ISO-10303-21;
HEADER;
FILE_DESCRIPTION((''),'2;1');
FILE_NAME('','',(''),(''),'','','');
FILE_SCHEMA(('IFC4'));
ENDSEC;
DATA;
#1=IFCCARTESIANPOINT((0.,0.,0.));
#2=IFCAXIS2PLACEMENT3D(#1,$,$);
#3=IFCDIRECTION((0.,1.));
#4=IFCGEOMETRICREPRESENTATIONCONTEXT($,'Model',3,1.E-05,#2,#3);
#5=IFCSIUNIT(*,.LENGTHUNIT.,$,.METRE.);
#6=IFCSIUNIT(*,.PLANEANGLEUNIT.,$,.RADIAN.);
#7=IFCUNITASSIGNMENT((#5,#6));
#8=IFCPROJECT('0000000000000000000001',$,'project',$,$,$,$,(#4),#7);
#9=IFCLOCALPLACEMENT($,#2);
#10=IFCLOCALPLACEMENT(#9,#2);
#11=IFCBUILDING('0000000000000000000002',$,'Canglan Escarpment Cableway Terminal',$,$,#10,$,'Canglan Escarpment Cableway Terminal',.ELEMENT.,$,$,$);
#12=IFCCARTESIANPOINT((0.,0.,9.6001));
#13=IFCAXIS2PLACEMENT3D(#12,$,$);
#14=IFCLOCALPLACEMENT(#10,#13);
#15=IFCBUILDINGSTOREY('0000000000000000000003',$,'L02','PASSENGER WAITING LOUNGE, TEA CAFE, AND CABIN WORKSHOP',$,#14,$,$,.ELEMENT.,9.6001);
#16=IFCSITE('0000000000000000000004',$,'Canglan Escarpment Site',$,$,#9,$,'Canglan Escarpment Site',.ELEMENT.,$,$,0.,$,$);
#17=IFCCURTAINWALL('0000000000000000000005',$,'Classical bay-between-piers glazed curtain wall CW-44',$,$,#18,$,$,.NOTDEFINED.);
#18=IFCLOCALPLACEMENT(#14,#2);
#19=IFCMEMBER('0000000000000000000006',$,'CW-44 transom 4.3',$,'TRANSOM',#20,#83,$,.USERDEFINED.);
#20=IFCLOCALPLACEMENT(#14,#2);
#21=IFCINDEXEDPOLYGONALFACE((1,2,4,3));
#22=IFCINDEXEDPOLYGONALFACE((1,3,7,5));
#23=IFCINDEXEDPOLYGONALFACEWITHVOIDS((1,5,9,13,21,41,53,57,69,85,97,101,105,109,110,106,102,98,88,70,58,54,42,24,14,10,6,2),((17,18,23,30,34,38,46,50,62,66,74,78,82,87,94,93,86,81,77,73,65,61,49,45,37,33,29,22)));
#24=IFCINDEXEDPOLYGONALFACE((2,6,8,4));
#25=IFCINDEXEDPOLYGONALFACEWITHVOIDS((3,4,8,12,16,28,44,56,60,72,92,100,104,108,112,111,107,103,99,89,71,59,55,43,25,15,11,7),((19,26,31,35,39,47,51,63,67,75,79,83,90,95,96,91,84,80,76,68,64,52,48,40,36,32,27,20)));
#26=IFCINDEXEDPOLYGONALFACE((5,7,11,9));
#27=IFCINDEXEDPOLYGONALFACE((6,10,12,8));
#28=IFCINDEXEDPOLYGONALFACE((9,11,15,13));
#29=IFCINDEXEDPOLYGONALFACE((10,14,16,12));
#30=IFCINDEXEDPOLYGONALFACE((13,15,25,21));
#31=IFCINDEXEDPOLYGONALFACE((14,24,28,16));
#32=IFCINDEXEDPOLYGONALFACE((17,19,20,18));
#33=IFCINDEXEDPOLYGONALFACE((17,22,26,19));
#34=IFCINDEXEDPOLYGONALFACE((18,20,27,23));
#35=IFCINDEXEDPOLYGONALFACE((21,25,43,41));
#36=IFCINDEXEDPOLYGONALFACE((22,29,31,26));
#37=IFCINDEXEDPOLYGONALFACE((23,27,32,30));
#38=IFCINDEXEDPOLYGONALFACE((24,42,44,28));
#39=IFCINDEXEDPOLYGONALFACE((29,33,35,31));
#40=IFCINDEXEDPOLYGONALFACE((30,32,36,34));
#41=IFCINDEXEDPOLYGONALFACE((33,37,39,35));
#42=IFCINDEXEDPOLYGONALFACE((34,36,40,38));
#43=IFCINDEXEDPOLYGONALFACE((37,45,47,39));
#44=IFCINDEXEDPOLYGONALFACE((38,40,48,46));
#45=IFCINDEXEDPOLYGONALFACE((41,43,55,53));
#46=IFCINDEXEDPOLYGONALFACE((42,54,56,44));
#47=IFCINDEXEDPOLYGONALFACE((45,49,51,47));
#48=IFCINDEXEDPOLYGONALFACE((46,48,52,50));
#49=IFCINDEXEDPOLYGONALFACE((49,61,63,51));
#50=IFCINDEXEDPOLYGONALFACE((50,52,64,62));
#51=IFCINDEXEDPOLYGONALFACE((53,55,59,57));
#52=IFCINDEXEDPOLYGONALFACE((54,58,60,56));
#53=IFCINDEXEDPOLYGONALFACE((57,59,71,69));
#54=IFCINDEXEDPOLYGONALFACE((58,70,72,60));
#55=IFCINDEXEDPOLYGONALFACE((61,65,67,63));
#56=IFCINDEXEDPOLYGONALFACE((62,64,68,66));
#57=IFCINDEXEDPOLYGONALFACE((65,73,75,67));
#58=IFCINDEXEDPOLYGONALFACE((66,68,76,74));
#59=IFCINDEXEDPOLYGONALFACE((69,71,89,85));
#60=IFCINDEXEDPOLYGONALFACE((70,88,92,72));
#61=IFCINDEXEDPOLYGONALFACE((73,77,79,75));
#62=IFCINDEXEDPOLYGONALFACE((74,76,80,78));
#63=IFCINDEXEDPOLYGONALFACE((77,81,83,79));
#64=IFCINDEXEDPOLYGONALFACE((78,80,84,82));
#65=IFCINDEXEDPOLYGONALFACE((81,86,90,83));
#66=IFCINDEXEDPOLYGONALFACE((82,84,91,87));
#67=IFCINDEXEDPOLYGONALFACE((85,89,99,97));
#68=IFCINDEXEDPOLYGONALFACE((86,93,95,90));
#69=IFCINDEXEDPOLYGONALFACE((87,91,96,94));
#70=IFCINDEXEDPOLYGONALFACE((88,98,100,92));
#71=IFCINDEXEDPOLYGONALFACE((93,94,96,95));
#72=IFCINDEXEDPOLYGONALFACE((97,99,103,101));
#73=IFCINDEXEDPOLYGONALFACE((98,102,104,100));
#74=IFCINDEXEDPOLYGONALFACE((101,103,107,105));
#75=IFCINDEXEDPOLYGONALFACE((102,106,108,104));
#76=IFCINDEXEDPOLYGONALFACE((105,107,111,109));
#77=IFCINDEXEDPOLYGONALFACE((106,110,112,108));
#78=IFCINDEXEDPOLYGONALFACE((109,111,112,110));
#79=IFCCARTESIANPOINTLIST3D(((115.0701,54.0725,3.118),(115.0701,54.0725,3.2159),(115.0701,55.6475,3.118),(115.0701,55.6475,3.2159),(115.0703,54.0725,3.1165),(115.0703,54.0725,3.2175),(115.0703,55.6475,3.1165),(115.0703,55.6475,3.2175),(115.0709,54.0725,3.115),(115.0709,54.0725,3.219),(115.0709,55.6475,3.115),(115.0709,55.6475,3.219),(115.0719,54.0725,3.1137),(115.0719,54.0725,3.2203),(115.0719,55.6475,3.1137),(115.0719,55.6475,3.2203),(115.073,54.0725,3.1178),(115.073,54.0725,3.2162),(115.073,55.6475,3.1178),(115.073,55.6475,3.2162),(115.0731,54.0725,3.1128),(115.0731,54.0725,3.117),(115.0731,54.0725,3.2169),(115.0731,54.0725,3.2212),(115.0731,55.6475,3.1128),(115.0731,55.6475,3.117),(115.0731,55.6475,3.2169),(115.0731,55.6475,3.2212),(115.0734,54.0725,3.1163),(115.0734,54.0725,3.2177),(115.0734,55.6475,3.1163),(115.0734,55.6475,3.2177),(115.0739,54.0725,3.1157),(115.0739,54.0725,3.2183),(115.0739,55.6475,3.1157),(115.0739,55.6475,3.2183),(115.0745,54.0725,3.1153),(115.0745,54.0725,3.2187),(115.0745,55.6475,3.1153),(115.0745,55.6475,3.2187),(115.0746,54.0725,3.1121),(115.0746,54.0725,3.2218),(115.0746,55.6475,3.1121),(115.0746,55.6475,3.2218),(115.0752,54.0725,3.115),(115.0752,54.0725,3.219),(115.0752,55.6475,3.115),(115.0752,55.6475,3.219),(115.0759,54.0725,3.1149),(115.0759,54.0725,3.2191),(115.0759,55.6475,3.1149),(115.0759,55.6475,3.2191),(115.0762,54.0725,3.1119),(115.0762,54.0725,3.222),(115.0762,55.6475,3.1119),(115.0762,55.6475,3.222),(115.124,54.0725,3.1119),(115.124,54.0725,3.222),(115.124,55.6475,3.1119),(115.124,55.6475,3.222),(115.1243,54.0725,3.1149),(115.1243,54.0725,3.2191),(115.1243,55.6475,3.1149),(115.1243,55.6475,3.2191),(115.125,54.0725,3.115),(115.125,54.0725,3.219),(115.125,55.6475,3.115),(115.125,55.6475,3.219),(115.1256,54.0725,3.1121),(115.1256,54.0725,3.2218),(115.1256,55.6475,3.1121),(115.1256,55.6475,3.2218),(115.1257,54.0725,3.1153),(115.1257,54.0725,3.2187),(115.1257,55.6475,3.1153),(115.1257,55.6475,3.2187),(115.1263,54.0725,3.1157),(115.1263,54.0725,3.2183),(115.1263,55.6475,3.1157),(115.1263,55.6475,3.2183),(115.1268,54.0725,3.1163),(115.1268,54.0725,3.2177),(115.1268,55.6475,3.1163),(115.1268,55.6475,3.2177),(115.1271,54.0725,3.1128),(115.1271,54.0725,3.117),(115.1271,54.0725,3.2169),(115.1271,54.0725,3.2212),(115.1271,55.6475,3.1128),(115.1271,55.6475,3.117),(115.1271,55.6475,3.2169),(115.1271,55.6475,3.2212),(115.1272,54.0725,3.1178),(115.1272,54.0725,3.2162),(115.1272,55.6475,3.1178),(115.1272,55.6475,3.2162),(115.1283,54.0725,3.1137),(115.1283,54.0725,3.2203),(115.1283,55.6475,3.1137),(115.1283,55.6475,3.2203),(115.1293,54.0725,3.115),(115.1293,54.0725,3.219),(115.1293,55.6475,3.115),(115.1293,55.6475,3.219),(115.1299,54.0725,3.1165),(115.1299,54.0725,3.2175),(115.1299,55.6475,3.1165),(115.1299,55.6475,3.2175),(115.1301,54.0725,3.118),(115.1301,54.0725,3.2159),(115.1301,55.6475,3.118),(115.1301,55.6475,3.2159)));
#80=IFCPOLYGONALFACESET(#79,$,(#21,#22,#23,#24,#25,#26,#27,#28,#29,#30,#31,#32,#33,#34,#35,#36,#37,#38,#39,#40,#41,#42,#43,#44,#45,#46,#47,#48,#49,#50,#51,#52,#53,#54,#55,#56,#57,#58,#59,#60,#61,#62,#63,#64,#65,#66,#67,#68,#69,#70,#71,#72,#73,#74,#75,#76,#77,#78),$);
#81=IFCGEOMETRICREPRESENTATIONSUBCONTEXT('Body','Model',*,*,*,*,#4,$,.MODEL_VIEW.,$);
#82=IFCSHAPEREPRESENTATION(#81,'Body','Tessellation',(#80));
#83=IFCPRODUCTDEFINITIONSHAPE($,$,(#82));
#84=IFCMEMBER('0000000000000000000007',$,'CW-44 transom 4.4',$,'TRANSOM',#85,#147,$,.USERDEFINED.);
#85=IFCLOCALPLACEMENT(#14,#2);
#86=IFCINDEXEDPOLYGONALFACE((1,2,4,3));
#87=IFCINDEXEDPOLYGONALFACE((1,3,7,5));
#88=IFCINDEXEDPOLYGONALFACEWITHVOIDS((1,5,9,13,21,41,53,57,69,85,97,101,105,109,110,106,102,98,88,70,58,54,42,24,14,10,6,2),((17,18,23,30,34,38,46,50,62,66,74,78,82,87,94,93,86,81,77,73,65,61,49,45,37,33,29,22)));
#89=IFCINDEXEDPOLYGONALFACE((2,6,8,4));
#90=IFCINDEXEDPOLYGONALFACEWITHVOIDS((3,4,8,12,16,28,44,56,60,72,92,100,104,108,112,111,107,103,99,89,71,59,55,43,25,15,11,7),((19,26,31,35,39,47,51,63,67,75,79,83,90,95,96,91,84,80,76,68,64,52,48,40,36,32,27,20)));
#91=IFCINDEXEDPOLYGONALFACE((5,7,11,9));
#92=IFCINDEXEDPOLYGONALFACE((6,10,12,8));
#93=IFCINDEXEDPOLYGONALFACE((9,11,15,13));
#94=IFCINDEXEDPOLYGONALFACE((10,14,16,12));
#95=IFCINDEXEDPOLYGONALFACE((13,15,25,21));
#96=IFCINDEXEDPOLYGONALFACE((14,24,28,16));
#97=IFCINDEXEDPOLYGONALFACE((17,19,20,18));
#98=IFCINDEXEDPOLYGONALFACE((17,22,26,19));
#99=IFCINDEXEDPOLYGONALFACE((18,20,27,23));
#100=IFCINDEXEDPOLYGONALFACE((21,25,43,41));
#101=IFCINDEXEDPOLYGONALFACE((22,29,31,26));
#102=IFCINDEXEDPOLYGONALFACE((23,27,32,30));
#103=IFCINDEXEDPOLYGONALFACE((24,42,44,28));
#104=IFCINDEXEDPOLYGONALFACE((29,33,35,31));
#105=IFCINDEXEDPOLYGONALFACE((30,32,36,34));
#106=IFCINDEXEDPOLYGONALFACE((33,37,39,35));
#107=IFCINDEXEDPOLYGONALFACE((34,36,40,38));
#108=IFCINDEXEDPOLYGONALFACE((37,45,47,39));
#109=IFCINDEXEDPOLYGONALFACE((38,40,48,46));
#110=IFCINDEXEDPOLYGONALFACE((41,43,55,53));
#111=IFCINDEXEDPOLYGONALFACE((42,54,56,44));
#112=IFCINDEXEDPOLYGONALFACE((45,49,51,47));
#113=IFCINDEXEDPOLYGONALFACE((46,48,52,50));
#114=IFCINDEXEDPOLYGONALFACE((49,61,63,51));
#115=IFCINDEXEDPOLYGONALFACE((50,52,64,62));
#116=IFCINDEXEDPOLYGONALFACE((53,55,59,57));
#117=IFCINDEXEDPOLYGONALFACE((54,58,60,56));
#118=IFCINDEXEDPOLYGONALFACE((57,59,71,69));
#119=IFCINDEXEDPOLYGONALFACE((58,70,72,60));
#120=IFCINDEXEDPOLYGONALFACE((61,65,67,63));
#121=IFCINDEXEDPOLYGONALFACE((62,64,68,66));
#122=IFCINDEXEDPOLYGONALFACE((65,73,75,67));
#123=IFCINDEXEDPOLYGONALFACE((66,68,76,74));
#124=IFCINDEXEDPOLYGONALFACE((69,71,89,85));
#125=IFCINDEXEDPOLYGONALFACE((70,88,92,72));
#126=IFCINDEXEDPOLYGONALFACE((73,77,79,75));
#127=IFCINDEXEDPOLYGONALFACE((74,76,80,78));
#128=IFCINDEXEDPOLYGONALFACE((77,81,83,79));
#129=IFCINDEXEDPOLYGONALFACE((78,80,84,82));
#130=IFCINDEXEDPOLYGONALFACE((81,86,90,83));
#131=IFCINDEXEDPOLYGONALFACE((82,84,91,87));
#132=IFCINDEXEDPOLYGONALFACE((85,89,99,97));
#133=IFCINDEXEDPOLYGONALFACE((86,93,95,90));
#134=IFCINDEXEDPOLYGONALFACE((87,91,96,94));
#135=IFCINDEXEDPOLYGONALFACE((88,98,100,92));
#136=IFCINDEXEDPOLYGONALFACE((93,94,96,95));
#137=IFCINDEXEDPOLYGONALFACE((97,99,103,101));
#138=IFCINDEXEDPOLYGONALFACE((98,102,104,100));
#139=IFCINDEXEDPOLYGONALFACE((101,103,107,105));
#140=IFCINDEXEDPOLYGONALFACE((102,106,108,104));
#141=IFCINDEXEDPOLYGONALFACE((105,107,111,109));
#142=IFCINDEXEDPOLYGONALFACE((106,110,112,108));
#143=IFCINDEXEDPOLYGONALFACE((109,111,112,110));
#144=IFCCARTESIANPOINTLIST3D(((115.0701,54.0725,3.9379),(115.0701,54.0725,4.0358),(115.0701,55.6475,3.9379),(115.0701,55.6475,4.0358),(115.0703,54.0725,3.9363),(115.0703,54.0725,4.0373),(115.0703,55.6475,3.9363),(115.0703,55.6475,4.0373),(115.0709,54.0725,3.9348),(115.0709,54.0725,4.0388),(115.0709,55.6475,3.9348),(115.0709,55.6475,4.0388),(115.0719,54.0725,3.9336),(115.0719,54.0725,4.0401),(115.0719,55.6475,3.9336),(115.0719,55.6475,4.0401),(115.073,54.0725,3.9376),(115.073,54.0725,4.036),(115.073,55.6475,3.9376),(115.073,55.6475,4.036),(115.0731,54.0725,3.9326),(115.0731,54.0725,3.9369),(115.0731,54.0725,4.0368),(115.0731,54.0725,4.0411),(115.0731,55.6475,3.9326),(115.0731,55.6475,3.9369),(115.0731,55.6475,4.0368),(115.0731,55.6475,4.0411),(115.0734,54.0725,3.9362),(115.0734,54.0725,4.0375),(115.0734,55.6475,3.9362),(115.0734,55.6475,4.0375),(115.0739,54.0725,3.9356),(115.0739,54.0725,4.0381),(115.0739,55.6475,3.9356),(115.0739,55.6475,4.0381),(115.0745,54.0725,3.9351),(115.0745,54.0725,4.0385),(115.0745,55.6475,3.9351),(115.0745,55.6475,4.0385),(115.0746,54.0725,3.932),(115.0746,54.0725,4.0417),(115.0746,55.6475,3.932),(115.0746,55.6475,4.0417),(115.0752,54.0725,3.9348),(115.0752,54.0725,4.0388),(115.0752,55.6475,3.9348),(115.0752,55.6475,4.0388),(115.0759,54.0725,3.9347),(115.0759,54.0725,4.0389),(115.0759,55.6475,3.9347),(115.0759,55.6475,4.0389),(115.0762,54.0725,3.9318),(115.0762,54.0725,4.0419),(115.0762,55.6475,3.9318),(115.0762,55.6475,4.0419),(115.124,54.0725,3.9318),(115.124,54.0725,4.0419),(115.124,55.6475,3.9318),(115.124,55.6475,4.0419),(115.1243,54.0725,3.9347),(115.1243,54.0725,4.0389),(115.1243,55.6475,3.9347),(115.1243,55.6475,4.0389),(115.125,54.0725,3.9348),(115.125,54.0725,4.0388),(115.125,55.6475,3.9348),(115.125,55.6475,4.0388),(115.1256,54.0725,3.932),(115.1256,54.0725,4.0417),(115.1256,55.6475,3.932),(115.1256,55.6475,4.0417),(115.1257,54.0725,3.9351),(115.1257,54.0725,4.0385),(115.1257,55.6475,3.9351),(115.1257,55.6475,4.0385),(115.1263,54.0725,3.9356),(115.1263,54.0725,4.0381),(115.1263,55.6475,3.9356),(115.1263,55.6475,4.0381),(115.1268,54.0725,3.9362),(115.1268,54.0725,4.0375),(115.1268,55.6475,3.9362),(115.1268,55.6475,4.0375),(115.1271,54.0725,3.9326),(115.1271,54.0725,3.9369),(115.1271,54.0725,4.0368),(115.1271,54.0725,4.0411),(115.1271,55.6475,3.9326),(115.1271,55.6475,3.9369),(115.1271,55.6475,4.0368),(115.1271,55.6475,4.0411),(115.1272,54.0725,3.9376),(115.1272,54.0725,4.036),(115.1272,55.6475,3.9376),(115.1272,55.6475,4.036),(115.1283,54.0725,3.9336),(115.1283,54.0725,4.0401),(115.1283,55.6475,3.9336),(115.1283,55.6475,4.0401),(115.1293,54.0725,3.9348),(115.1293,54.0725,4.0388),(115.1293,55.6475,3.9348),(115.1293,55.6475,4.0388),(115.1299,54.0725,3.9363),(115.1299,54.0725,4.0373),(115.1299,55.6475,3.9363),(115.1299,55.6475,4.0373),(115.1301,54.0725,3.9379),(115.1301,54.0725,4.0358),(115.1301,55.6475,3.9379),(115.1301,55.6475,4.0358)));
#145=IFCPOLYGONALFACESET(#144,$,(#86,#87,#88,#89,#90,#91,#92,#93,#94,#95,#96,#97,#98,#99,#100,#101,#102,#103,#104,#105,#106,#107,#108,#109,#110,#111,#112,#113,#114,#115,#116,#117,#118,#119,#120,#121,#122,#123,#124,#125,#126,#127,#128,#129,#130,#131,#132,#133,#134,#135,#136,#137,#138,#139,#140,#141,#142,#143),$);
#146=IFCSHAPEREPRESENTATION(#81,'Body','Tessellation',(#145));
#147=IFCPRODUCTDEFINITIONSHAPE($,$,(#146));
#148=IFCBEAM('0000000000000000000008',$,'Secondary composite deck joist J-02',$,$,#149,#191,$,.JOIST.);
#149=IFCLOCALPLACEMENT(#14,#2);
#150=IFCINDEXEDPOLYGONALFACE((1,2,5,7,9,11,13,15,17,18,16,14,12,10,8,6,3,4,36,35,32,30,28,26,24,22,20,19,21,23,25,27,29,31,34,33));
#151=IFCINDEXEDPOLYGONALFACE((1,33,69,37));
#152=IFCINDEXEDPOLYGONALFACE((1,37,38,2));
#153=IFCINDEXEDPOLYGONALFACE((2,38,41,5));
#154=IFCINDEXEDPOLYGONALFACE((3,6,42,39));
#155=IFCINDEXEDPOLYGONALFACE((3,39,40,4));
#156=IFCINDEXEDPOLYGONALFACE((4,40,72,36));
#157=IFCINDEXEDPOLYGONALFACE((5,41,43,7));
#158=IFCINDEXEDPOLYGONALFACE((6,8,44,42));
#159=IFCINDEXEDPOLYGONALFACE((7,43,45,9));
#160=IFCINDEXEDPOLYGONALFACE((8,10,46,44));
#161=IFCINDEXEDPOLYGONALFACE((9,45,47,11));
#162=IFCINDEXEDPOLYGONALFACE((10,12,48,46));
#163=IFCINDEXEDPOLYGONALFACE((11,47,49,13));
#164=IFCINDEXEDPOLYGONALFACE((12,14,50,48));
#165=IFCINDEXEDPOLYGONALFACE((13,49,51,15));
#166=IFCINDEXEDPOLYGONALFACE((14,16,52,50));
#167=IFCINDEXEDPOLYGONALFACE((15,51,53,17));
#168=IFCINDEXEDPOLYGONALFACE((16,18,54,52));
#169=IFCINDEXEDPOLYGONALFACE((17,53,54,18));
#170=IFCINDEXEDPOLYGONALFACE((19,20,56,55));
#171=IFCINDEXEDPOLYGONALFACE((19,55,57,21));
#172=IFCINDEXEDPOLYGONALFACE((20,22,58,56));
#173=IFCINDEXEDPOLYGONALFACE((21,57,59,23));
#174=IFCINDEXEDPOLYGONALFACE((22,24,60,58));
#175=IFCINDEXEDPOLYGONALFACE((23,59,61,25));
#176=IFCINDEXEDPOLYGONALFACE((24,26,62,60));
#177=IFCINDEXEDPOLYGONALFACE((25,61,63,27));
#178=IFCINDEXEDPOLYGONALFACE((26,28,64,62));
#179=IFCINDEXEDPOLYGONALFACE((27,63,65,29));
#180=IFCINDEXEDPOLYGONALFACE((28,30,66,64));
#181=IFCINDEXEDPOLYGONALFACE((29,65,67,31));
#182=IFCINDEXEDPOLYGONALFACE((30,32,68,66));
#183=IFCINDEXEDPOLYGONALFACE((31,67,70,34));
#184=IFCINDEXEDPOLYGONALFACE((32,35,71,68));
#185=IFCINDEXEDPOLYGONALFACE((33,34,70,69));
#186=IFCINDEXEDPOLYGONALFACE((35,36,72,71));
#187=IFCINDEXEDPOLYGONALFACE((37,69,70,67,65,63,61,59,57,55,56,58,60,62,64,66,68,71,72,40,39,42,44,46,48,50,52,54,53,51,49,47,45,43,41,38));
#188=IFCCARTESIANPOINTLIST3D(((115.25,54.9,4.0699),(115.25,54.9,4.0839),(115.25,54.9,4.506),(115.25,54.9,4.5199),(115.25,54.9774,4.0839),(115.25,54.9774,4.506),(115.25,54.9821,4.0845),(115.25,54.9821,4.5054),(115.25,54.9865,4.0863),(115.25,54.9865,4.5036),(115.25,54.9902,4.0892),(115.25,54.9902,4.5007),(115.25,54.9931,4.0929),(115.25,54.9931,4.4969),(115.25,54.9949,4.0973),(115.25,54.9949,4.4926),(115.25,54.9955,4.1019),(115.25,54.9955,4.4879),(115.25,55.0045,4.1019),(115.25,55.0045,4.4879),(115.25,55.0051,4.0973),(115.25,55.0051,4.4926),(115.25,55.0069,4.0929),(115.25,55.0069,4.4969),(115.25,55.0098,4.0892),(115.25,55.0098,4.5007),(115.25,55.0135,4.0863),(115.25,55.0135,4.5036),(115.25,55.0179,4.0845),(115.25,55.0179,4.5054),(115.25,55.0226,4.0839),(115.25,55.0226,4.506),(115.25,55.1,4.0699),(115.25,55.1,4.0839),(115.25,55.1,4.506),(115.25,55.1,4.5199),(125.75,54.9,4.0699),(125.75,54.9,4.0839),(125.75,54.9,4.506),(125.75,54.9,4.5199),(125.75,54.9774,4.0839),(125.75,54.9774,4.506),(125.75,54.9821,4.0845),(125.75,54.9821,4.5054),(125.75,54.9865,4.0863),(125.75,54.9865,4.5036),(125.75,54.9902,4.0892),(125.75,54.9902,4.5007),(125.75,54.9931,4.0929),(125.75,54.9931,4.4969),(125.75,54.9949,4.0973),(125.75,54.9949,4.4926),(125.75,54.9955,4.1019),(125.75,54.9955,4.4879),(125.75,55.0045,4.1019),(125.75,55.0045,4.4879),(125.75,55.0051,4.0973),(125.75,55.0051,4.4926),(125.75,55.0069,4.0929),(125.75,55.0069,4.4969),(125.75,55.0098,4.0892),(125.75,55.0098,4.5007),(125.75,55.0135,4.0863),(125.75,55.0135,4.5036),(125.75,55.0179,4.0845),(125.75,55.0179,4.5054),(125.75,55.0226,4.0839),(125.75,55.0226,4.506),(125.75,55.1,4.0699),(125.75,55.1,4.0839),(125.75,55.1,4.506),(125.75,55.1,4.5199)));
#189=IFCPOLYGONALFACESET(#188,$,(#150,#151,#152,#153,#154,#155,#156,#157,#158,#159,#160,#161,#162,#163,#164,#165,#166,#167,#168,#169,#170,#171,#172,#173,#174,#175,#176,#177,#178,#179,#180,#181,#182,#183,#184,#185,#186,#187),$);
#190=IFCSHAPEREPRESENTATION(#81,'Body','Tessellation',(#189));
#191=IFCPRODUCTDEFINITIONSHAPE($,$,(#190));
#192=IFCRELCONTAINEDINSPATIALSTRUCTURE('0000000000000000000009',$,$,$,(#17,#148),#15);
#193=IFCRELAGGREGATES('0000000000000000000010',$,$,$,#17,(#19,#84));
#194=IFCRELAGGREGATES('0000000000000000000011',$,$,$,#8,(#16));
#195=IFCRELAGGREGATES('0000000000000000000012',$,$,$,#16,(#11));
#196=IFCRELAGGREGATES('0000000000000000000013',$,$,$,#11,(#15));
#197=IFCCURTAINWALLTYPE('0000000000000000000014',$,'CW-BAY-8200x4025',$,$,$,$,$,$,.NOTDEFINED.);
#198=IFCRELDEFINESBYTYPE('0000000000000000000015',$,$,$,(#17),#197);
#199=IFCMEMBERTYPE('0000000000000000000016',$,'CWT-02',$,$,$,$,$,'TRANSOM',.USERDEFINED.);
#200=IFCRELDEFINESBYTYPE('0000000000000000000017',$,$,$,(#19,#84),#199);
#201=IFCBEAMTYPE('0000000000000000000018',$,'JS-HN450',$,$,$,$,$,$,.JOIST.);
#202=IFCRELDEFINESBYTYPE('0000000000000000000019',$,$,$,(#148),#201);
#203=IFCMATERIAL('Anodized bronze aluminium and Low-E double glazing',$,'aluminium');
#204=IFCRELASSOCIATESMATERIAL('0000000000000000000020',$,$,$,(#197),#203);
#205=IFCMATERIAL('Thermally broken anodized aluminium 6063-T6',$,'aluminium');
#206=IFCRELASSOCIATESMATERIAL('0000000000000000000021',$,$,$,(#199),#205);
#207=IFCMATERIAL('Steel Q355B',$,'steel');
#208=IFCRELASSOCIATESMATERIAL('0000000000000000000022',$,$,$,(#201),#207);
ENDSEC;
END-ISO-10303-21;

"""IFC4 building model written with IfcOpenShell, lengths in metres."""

from ifc_helpers import new_model, si_unit, direction, frame, origin, origin_2d, place, context, subcontext, project, spatial, hollow_rectangle, i_section, extrude, material, material_profile, profile_set, type_object, element, aggregate, save


model = new_model("IFC4")

# Units and contexts
model_context = context("Model", 3, precision=1e-05, world=origin(), true_north=direction((0.0, 1.0)))
body_context = subcontext(model_context, "Body", "Model", "MODEL_VIEW")
ifc_project = project(units=[si_unit("LENGTHUNIT", "METRE"), si_unit("PLANEANGLEUNIT", "RADIAN")], contexts=[model_context])

# Site, building, storey
site_placement = place(None, origin())
site = spatial("IfcSite", under=ifc_project, at=site_placement, Name="Canglan Escarpment Site", LongName="Canglan Escarpment Site", CompositionType="ELEMENT", RefElevation=0.0)
building_placement = place(site_placement, origin())
building = spatial("IfcBuilding", under=site, at=building_placement, Name="Canglan Escarpment Cableway Terminal", LongName="Canglan Escarpment Cableway Terminal", CompositionType="ELEMENT")
storey_placement = place(building_placement, frame((0.0, 0.0, 9.6001)))
storey = spatial("IfcBuildingStorey", under=building, at=storey_placement, Name="L02", Description="PASSENGER WAITING LOUNGE, TEA CAFE, AND CABIN WORKSHOP", CompositionType="ELEMENT", Elevation=9.6001)

# Curtain wall, members
ifc_material_1 = material(Name="Anodized bronze aluminium and Low-E double glazing", Category="aluminium")
curtain_wall_type = type_object("IfcCurtainWallType", Name="CW-BAY-8200x4025", PredefinedType="NOTDEFINED", material=ifc_material_1)
curtain_wall_placement = place(storey_placement, origin())
curtain_wall = element("IfcCurtainWall", 1, at=curtain_wall_placement, inside=storey, type_object=curtain_wall_type, Name="Classical bay-between-piers glazed curtain wall CW-44", PredefinedType="NOTDEFINED")
ifc_material_2 = material(Name="Thermally broken anodized aluminium 6063-T6", Category="aluminium")
ifc_material_profile_1 = material_profile(ifc_material_2, hollow_rectangle(XDim=0.0601, YDim=0.1101, WallThickness=0.0029, InnerFilletRadius=0.0029, OuterFilletRadius=0.0061, at=origin_2d()), Name="ALU-TRAN 60x110x3")
ifc_profile_set_1 = profile_set([ifc_material_profile_1], Name="Thermally broken anodized aluminium 6063-T6")
member_type_1 = type_object("IfcMemberType", Name="CWT-02", ElementType="TRANSOM", PredefinedType="USERDEFINED", material=ifc_profile_set_1)
member_1_placement = place(storey_placement, frame((115.1001, 55.6475, 3.167), z_axis=(0.0, -1.0, 0.0), x_axis=(1.0, 0.0, 0.0)))
member_1 = element("IfcMember", 2, at=member_1_placement, type_object=member_type_1, Name="CW-44 transom 4.3", ObjectType="TRANSOM", PredefinedType="USERDEFINED", context=body_context, shape_type="SweptSolid", body=[
    extrude(hollow_rectangle(XDim=0.0601, YDim=0.1101, WallThickness=0.0029, InnerFilletRadius=0.0029, OuterFilletRadius=0.0061, at=origin_2d()), origin(), (0.0, 0.0, 1.0), 1.575),
])
member_2_placement = place(storey_placement, frame((115.1001, 55.6475, 3.9868), z_axis=(0.0, -1.0, 0.0), x_axis=(1.0, 0.0, 0.0)))
member_2 = element("IfcMember", 3, at=member_2_placement, type_object=member_type_1, Name="CW-44 transom 4.4", ObjectType="TRANSOM", PredefinedType="USERDEFINED", context=body_context, shape_type="SweptSolid", body=[
    extrude(hollow_rectangle(XDim=0.0601, YDim=0.1101, WallThickness=0.0029, InnerFilletRadius=0.0029, OuterFilletRadius=0.0061, at=origin_2d()), origin(), (0.0, 0.0, 1.0), 1.575),
])

# Beam
ifc_material_3 = material(Name="Steel Q355B", Category="steel")
ifc_material_profile_2 = material_profile(ifc_material_3, i_section(OverallWidth=0.2, OverallDepth=0.45, WebThickness=0.009, FlangeThickness=0.0139, FilletRadius=0.0181, at=origin_2d()), Name="HN 450x200x9x14")
ifc_profile_set_2 = profile_set([ifc_material_profile_2], Name="Steel Q355B")
beam_type = type_object("IfcBeamType", Name="JS-HN450", PredefinedType="JOIST", material=ifc_profile_set_2)
for number, where, z_axis, x_axis, name in (
    (4, (115.25, 55.0, 4.2949), (1.0, 0.0, 0.0), (0.0, 1.0, 0.0), "Secondary composite deck joist J-02"),
):
    element("IfcBeam", number, at=place(storey_placement, frame(where, z_axis=z_axis, x_axis=x_axis)), inside=storey, type_object=beam_type, Name=name, PredefinedType="JOIST", context=body_context, shape_type="SweptSolid", body=[
        extrude(i_section(OverallWidth=0.2, OverallDepth=0.45, WebThickness=0.009, FlangeThickness=0.0139, FilletRadius=0.0181, at=origin_2d()), origin(), (0.0, 0.0, 1.0), 10.5),
    ])

aggregate(curtain_wall, [member_1, member_2])

save(model, "model.ifc")
